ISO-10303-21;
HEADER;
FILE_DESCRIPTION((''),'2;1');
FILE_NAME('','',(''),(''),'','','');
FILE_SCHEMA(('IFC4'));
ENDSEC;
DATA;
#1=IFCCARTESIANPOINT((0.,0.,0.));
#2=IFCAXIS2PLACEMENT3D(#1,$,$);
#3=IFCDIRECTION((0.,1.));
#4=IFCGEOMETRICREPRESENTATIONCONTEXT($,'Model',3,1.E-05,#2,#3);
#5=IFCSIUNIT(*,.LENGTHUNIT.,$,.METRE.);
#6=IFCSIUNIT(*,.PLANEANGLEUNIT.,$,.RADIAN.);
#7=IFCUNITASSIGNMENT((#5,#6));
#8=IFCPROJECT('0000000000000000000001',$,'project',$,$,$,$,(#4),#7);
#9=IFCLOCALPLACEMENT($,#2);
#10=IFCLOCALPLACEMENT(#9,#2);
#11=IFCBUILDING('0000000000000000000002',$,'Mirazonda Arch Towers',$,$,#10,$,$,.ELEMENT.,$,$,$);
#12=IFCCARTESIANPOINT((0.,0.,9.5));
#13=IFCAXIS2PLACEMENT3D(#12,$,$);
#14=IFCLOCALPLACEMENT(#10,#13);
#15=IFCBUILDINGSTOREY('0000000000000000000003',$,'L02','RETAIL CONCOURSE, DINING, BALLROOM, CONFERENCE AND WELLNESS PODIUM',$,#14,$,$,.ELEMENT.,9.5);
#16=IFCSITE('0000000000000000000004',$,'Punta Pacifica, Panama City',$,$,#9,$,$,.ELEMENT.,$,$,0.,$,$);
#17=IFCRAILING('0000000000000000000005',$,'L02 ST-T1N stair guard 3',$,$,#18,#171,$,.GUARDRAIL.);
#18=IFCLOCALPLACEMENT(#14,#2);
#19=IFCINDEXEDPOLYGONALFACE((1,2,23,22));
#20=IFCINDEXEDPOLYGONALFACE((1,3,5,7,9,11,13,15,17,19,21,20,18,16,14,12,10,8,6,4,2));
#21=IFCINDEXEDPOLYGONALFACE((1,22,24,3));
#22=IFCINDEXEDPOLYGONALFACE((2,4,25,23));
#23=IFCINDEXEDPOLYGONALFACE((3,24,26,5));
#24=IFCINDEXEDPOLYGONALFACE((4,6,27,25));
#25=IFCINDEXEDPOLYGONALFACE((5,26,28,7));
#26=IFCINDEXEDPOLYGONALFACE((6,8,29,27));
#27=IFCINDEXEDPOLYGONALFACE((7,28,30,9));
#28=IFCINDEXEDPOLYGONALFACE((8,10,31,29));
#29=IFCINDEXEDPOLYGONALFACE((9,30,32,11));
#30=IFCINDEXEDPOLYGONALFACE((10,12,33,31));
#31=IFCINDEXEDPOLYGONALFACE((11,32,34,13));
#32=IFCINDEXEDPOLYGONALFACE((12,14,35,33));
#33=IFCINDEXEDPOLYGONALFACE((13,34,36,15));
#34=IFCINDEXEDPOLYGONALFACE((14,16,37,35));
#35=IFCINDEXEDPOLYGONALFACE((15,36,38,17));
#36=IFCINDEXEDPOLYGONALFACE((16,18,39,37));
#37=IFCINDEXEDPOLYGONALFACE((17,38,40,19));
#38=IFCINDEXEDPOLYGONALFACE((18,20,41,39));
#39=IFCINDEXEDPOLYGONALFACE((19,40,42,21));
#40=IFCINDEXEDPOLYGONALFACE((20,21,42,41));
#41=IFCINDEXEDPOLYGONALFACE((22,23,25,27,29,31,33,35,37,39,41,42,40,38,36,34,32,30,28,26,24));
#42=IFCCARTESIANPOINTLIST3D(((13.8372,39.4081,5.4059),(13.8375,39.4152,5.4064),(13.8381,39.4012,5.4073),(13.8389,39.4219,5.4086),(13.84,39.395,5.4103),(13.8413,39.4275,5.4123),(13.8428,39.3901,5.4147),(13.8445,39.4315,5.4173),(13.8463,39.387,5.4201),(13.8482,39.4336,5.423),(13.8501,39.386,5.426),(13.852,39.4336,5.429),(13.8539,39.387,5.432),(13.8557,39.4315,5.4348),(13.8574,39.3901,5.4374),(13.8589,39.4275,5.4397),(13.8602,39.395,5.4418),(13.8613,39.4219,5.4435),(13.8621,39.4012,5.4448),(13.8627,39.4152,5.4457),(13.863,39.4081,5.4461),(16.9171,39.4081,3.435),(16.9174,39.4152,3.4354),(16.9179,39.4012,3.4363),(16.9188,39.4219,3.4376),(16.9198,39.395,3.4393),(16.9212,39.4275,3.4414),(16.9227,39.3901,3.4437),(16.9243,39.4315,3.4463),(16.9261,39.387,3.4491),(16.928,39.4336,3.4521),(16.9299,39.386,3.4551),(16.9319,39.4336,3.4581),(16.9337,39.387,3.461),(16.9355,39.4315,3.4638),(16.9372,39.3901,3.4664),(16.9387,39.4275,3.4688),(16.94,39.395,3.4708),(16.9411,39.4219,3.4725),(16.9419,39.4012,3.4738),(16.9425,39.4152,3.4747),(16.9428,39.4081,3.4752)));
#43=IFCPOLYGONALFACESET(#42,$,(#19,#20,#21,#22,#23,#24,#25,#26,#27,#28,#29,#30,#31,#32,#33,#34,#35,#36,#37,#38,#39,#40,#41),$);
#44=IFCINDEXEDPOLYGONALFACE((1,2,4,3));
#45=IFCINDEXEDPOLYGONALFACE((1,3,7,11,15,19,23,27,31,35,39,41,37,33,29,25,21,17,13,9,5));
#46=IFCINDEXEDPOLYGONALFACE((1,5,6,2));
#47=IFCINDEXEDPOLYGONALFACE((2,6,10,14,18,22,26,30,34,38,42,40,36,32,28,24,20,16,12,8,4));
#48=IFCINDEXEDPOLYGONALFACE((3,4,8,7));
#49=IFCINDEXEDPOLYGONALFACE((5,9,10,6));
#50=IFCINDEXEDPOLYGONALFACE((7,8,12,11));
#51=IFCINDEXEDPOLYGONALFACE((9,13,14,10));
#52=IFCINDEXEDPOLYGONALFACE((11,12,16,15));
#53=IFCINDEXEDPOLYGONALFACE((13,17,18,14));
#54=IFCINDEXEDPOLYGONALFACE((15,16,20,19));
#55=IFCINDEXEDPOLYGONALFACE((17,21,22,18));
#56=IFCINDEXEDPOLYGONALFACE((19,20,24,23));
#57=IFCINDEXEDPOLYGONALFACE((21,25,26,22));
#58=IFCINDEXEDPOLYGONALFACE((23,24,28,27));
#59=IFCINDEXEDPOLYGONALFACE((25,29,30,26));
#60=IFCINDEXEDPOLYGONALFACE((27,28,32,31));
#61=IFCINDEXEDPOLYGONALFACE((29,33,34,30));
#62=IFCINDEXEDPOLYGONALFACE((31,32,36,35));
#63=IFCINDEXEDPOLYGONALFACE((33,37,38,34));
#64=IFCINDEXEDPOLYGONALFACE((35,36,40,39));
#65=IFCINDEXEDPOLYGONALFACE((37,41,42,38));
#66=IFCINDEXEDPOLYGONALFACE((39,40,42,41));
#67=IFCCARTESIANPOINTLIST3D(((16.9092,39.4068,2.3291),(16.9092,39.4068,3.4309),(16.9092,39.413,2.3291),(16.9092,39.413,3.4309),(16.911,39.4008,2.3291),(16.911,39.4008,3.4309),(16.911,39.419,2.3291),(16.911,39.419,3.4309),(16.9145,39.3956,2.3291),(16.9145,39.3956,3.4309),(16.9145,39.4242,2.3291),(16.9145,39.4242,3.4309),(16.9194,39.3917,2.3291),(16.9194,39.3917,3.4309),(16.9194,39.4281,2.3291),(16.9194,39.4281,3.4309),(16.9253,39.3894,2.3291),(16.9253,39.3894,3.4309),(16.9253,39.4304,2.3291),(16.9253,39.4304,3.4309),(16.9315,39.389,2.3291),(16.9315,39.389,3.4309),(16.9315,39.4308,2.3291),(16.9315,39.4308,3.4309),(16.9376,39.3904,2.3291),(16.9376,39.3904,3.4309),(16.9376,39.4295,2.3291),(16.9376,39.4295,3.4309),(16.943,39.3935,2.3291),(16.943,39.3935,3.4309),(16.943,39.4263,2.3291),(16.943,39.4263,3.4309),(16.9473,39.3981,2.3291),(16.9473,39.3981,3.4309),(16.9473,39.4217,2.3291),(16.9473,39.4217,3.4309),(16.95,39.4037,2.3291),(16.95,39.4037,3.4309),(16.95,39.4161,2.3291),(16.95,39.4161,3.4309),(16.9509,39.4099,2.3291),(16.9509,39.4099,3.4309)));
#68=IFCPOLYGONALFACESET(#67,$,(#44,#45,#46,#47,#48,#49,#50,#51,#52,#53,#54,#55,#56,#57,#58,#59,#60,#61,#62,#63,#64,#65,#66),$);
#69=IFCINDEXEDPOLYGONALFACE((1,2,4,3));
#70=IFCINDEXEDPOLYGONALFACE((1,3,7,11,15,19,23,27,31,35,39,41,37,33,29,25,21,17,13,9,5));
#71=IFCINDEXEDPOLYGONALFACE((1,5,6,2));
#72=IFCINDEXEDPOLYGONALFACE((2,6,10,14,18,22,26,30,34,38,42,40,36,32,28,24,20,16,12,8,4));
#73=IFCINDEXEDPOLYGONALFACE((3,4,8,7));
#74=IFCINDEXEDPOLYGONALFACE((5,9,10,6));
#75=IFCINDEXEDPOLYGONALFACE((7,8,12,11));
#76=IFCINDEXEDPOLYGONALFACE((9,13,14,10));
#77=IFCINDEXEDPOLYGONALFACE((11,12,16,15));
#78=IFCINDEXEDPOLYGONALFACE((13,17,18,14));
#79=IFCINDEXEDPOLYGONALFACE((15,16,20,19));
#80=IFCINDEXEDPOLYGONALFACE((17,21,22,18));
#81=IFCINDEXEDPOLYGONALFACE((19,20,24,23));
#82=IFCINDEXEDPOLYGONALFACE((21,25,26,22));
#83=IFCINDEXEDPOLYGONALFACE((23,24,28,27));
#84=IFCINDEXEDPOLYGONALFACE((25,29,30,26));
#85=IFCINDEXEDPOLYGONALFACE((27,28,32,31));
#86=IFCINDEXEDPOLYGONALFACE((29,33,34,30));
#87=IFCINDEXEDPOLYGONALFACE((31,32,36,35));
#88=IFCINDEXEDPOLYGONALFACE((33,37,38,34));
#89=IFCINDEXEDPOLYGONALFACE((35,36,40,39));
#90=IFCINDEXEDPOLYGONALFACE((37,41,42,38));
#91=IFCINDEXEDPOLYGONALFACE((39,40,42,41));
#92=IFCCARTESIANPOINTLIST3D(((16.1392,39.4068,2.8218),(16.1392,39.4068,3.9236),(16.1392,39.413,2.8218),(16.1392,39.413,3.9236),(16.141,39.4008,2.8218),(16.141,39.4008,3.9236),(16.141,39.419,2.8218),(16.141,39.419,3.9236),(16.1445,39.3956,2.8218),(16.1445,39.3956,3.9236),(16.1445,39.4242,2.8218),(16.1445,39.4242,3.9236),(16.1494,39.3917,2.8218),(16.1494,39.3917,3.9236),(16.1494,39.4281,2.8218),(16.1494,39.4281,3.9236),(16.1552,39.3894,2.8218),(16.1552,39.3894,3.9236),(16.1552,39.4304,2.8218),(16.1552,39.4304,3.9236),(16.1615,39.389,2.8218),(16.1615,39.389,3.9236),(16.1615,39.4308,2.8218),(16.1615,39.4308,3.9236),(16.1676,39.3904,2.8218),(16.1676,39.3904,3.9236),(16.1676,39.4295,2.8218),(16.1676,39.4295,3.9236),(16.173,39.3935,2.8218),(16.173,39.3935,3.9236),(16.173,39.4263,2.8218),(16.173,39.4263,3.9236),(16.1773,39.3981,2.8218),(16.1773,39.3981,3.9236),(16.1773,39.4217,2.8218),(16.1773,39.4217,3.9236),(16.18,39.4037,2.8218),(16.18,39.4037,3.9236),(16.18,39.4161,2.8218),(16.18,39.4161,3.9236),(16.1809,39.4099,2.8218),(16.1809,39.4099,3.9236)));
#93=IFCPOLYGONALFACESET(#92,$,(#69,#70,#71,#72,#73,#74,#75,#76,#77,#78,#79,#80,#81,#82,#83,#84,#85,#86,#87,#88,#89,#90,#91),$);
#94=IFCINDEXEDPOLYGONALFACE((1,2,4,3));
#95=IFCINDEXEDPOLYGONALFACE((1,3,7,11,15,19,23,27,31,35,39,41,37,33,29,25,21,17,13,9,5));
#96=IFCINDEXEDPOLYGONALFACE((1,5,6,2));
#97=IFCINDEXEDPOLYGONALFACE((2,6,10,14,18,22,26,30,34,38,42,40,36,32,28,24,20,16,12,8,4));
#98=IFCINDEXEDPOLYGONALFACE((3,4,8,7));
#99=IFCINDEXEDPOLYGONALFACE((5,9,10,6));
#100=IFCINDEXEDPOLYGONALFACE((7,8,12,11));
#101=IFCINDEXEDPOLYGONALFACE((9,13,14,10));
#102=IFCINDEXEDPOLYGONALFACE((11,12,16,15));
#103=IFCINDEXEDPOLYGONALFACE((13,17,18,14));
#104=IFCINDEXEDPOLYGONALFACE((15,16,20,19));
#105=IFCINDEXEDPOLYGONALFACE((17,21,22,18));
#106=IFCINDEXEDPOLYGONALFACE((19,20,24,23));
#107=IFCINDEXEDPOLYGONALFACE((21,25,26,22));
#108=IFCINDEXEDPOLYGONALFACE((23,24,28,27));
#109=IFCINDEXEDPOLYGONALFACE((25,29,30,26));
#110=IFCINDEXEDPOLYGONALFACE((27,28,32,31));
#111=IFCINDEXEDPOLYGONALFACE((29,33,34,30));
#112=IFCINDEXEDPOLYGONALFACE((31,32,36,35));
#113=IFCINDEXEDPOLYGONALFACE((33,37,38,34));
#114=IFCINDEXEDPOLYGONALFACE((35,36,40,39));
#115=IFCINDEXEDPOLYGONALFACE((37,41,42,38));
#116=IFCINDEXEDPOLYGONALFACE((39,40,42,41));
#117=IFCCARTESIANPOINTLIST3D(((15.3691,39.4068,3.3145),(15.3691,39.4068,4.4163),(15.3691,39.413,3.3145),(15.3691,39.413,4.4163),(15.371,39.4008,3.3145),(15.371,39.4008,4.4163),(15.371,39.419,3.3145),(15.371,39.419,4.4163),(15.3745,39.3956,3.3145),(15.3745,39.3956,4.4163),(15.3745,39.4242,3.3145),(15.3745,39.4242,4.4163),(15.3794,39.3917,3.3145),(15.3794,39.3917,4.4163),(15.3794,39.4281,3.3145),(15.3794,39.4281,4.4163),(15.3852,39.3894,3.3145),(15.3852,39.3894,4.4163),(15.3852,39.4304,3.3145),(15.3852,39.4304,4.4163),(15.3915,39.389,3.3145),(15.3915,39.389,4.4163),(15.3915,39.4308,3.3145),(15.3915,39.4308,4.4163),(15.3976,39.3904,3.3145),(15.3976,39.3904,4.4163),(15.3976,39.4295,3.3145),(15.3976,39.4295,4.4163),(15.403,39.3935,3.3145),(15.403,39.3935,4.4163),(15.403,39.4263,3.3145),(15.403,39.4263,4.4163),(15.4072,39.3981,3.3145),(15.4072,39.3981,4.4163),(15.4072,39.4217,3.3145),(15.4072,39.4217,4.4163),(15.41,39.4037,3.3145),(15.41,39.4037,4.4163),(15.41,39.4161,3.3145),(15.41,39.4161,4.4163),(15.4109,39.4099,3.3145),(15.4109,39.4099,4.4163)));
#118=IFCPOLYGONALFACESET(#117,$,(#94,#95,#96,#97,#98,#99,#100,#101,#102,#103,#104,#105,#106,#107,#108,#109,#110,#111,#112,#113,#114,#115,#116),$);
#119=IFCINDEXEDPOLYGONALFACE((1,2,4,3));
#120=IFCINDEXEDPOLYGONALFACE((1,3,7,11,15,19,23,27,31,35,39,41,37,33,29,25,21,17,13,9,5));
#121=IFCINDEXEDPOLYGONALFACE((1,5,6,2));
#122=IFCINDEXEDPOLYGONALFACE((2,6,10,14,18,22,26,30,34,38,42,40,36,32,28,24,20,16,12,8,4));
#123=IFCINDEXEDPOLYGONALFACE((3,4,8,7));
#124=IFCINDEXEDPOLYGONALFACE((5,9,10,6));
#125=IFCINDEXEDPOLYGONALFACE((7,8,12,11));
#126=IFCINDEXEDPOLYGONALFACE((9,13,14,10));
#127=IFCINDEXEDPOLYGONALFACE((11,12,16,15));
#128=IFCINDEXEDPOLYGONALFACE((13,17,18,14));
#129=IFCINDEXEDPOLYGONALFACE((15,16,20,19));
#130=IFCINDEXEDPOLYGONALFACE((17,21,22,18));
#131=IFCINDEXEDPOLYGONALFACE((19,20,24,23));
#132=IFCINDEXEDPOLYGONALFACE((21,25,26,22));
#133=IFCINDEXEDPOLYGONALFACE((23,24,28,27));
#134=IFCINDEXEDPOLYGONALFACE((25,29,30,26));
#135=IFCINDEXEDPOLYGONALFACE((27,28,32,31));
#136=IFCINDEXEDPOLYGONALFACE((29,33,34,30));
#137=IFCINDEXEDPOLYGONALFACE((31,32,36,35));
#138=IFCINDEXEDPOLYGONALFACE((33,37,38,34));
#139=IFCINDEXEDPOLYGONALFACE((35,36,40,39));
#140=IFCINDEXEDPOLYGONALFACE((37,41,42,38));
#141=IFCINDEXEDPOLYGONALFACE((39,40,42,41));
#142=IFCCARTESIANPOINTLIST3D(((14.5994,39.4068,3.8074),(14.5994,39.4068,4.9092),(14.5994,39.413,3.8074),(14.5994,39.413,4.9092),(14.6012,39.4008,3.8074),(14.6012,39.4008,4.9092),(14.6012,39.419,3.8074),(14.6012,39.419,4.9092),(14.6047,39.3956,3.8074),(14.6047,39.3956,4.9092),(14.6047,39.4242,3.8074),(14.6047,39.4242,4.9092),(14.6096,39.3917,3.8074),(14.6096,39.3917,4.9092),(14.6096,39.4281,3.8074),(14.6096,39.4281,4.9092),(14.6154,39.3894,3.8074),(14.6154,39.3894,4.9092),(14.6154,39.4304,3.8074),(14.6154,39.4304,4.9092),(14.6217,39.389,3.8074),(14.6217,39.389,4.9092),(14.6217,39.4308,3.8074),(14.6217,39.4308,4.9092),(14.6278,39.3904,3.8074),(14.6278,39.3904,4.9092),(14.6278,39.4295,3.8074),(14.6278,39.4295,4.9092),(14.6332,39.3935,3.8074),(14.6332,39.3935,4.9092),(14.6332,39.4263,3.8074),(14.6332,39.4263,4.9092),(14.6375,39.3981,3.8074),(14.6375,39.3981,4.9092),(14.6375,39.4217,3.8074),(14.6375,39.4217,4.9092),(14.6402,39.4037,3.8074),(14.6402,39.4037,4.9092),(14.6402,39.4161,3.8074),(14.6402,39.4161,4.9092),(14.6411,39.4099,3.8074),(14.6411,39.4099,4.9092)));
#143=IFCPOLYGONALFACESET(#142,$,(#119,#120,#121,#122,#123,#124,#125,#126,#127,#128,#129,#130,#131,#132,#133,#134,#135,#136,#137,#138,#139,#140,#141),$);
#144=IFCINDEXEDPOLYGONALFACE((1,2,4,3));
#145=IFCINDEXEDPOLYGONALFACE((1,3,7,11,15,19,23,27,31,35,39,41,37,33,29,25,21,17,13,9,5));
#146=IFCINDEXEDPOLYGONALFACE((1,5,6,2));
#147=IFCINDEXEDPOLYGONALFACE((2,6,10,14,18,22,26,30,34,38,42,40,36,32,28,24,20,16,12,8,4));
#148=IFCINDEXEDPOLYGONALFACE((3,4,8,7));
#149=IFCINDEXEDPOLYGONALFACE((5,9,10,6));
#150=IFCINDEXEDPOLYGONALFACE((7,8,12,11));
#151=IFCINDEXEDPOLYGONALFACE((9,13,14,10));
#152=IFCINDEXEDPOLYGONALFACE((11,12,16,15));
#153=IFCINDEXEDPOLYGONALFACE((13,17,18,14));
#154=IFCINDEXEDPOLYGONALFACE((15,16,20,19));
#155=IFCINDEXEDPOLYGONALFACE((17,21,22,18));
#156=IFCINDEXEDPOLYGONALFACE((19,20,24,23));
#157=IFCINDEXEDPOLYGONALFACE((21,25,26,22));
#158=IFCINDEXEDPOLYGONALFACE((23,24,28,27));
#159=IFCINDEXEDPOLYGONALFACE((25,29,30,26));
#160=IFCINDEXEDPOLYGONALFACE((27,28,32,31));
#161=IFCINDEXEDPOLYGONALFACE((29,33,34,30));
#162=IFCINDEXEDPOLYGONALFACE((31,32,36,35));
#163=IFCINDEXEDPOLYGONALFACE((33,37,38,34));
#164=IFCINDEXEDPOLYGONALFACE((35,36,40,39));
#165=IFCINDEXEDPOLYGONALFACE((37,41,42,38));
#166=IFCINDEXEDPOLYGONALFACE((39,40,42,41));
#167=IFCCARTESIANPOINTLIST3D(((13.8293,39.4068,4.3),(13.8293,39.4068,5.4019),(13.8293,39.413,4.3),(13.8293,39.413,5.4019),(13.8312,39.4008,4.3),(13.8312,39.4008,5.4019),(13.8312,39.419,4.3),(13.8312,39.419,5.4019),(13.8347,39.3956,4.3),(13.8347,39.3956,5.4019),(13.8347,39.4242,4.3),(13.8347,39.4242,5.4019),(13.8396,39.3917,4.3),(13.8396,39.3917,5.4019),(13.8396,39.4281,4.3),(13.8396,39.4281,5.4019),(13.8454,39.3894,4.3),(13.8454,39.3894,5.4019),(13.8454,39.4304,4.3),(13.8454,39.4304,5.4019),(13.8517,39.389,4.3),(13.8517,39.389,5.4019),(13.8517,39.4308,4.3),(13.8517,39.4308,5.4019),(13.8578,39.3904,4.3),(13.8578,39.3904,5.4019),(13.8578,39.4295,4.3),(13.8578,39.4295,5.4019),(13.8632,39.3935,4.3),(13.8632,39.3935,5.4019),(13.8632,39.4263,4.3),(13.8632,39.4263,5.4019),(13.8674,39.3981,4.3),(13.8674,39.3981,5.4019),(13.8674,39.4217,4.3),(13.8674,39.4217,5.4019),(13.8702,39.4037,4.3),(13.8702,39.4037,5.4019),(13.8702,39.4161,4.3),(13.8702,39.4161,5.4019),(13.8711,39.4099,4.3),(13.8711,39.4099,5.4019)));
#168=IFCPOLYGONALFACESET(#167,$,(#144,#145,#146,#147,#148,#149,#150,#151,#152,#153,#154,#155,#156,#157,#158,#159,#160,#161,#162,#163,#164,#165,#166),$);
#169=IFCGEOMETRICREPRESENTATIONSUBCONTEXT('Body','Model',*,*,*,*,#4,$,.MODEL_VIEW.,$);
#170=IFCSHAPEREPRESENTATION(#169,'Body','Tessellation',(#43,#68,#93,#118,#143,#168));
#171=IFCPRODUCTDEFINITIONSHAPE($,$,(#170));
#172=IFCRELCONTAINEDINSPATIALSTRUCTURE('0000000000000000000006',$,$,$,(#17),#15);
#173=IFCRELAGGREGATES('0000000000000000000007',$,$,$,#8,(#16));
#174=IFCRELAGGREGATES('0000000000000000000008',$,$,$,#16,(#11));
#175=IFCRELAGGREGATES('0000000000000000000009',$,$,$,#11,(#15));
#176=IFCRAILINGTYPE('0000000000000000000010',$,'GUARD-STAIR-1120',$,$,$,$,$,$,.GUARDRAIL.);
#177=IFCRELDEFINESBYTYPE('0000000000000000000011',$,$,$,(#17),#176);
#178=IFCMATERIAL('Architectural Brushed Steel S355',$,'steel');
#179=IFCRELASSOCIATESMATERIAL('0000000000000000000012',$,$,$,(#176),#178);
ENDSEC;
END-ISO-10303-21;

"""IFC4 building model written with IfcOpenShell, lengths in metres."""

from ifc_helpers import new_model, si_unit, direction, frame, origin, origin_2d, place, context, subcontext, project, spatial, circle, extrude, material, type_object, element, save


model = new_model("IFC4")

# Units and contexts
model_context = context("Model", 3, precision=1e-05, world=origin(), true_north=direction((0.0, 1.0)))
body_context = subcontext(model_context, "Body", "Model", "MODEL_VIEW")
ifc_project = project(units=[si_unit("LENGTHUNIT", "METRE"), si_unit("PLANEANGLEUNIT", "RADIAN")], contexts=[model_context])

# Site, building, storey
site_placement = place(None, origin())
site = spatial("IfcSite", under=ifc_project, at=site_placement, Name="Punta Pacifica, Panama City", CompositionType="ELEMENT", RefElevation=0.0)
building_placement = place(site_placement, origin())
building = spatial("IfcBuilding", under=site, at=building_placement, Name="Mirazonda Arch Towers", CompositionType="ELEMENT")
storey_placement = place(building_placement, frame((0.0, 0.0, 9.5)))
storey = spatial("IfcBuildingStorey", under=building, at=storey_placement, Name="L02", Description="RETAIL CONCOURSE, DINING, BALLROOM, CONFERENCE AND WELLNESS PODIUM", CompositionType="ELEMENT", Elevation=9.5)

# Shared definitions
ifc_material_1 = material(Name="Architectural Brushed Steel S355", Category="steel")

# Railing
railing_type_1 = type_object("IfcRailingType", Name="GUARD-STAIR-1120", PredefinedType="GUARDRAIL", material=ifc_material_1)
railing_1_placement = place(storey_placement, frame((16.9299, 39.4099, 2.3291)))
element("IfcRailing", 1, at=railing_1_placement, inside=storey, type_object=railing_type_1, Name="L02 ST-T1N stair guard 3", PredefinedType="GUARDRAIL", context=body_context, shape_type="SweptSolid", body=[
    extrude(circle(Radius=0.0239, at=origin_2d()), frame((0.0, 0.0, 1.126), z_axis=(-0.84229, 0.0, 0.539025), x_axis=(0.0, -1.0, 0.0)), (0.0, 0.0, 1.0), 3.6565),
    extrude(circle(Radius=0.021, at=origin_2d()), origin(), (0.0, 0.0, 1.0), 1.1018),
    extrude(circle(Radius=0.021, at=origin_2d()), frame((-0.77, 0.0, 0.4927)), (0.0, 0.0, 1.0), 1.1018),
    extrude(circle(Radius=0.021, at=origin_2d()), frame((-1.54, 0.0, 0.9854)), (0.0, 0.0, 1.0), 1.1018),
    extrude(circle(Radius=0.021, at=origin_2d()), frame((-2.3098, 0.0, 1.4783)), (0.0, 0.0, 1.0), 1.1018),
    extrude(circle(Radius=0.021, at=origin_2d()), frame((-3.0798, 0.0, 1.9709)), (0.0, 0.0, 1.0), 1.1018),
])

save(model, "model.ifc")
